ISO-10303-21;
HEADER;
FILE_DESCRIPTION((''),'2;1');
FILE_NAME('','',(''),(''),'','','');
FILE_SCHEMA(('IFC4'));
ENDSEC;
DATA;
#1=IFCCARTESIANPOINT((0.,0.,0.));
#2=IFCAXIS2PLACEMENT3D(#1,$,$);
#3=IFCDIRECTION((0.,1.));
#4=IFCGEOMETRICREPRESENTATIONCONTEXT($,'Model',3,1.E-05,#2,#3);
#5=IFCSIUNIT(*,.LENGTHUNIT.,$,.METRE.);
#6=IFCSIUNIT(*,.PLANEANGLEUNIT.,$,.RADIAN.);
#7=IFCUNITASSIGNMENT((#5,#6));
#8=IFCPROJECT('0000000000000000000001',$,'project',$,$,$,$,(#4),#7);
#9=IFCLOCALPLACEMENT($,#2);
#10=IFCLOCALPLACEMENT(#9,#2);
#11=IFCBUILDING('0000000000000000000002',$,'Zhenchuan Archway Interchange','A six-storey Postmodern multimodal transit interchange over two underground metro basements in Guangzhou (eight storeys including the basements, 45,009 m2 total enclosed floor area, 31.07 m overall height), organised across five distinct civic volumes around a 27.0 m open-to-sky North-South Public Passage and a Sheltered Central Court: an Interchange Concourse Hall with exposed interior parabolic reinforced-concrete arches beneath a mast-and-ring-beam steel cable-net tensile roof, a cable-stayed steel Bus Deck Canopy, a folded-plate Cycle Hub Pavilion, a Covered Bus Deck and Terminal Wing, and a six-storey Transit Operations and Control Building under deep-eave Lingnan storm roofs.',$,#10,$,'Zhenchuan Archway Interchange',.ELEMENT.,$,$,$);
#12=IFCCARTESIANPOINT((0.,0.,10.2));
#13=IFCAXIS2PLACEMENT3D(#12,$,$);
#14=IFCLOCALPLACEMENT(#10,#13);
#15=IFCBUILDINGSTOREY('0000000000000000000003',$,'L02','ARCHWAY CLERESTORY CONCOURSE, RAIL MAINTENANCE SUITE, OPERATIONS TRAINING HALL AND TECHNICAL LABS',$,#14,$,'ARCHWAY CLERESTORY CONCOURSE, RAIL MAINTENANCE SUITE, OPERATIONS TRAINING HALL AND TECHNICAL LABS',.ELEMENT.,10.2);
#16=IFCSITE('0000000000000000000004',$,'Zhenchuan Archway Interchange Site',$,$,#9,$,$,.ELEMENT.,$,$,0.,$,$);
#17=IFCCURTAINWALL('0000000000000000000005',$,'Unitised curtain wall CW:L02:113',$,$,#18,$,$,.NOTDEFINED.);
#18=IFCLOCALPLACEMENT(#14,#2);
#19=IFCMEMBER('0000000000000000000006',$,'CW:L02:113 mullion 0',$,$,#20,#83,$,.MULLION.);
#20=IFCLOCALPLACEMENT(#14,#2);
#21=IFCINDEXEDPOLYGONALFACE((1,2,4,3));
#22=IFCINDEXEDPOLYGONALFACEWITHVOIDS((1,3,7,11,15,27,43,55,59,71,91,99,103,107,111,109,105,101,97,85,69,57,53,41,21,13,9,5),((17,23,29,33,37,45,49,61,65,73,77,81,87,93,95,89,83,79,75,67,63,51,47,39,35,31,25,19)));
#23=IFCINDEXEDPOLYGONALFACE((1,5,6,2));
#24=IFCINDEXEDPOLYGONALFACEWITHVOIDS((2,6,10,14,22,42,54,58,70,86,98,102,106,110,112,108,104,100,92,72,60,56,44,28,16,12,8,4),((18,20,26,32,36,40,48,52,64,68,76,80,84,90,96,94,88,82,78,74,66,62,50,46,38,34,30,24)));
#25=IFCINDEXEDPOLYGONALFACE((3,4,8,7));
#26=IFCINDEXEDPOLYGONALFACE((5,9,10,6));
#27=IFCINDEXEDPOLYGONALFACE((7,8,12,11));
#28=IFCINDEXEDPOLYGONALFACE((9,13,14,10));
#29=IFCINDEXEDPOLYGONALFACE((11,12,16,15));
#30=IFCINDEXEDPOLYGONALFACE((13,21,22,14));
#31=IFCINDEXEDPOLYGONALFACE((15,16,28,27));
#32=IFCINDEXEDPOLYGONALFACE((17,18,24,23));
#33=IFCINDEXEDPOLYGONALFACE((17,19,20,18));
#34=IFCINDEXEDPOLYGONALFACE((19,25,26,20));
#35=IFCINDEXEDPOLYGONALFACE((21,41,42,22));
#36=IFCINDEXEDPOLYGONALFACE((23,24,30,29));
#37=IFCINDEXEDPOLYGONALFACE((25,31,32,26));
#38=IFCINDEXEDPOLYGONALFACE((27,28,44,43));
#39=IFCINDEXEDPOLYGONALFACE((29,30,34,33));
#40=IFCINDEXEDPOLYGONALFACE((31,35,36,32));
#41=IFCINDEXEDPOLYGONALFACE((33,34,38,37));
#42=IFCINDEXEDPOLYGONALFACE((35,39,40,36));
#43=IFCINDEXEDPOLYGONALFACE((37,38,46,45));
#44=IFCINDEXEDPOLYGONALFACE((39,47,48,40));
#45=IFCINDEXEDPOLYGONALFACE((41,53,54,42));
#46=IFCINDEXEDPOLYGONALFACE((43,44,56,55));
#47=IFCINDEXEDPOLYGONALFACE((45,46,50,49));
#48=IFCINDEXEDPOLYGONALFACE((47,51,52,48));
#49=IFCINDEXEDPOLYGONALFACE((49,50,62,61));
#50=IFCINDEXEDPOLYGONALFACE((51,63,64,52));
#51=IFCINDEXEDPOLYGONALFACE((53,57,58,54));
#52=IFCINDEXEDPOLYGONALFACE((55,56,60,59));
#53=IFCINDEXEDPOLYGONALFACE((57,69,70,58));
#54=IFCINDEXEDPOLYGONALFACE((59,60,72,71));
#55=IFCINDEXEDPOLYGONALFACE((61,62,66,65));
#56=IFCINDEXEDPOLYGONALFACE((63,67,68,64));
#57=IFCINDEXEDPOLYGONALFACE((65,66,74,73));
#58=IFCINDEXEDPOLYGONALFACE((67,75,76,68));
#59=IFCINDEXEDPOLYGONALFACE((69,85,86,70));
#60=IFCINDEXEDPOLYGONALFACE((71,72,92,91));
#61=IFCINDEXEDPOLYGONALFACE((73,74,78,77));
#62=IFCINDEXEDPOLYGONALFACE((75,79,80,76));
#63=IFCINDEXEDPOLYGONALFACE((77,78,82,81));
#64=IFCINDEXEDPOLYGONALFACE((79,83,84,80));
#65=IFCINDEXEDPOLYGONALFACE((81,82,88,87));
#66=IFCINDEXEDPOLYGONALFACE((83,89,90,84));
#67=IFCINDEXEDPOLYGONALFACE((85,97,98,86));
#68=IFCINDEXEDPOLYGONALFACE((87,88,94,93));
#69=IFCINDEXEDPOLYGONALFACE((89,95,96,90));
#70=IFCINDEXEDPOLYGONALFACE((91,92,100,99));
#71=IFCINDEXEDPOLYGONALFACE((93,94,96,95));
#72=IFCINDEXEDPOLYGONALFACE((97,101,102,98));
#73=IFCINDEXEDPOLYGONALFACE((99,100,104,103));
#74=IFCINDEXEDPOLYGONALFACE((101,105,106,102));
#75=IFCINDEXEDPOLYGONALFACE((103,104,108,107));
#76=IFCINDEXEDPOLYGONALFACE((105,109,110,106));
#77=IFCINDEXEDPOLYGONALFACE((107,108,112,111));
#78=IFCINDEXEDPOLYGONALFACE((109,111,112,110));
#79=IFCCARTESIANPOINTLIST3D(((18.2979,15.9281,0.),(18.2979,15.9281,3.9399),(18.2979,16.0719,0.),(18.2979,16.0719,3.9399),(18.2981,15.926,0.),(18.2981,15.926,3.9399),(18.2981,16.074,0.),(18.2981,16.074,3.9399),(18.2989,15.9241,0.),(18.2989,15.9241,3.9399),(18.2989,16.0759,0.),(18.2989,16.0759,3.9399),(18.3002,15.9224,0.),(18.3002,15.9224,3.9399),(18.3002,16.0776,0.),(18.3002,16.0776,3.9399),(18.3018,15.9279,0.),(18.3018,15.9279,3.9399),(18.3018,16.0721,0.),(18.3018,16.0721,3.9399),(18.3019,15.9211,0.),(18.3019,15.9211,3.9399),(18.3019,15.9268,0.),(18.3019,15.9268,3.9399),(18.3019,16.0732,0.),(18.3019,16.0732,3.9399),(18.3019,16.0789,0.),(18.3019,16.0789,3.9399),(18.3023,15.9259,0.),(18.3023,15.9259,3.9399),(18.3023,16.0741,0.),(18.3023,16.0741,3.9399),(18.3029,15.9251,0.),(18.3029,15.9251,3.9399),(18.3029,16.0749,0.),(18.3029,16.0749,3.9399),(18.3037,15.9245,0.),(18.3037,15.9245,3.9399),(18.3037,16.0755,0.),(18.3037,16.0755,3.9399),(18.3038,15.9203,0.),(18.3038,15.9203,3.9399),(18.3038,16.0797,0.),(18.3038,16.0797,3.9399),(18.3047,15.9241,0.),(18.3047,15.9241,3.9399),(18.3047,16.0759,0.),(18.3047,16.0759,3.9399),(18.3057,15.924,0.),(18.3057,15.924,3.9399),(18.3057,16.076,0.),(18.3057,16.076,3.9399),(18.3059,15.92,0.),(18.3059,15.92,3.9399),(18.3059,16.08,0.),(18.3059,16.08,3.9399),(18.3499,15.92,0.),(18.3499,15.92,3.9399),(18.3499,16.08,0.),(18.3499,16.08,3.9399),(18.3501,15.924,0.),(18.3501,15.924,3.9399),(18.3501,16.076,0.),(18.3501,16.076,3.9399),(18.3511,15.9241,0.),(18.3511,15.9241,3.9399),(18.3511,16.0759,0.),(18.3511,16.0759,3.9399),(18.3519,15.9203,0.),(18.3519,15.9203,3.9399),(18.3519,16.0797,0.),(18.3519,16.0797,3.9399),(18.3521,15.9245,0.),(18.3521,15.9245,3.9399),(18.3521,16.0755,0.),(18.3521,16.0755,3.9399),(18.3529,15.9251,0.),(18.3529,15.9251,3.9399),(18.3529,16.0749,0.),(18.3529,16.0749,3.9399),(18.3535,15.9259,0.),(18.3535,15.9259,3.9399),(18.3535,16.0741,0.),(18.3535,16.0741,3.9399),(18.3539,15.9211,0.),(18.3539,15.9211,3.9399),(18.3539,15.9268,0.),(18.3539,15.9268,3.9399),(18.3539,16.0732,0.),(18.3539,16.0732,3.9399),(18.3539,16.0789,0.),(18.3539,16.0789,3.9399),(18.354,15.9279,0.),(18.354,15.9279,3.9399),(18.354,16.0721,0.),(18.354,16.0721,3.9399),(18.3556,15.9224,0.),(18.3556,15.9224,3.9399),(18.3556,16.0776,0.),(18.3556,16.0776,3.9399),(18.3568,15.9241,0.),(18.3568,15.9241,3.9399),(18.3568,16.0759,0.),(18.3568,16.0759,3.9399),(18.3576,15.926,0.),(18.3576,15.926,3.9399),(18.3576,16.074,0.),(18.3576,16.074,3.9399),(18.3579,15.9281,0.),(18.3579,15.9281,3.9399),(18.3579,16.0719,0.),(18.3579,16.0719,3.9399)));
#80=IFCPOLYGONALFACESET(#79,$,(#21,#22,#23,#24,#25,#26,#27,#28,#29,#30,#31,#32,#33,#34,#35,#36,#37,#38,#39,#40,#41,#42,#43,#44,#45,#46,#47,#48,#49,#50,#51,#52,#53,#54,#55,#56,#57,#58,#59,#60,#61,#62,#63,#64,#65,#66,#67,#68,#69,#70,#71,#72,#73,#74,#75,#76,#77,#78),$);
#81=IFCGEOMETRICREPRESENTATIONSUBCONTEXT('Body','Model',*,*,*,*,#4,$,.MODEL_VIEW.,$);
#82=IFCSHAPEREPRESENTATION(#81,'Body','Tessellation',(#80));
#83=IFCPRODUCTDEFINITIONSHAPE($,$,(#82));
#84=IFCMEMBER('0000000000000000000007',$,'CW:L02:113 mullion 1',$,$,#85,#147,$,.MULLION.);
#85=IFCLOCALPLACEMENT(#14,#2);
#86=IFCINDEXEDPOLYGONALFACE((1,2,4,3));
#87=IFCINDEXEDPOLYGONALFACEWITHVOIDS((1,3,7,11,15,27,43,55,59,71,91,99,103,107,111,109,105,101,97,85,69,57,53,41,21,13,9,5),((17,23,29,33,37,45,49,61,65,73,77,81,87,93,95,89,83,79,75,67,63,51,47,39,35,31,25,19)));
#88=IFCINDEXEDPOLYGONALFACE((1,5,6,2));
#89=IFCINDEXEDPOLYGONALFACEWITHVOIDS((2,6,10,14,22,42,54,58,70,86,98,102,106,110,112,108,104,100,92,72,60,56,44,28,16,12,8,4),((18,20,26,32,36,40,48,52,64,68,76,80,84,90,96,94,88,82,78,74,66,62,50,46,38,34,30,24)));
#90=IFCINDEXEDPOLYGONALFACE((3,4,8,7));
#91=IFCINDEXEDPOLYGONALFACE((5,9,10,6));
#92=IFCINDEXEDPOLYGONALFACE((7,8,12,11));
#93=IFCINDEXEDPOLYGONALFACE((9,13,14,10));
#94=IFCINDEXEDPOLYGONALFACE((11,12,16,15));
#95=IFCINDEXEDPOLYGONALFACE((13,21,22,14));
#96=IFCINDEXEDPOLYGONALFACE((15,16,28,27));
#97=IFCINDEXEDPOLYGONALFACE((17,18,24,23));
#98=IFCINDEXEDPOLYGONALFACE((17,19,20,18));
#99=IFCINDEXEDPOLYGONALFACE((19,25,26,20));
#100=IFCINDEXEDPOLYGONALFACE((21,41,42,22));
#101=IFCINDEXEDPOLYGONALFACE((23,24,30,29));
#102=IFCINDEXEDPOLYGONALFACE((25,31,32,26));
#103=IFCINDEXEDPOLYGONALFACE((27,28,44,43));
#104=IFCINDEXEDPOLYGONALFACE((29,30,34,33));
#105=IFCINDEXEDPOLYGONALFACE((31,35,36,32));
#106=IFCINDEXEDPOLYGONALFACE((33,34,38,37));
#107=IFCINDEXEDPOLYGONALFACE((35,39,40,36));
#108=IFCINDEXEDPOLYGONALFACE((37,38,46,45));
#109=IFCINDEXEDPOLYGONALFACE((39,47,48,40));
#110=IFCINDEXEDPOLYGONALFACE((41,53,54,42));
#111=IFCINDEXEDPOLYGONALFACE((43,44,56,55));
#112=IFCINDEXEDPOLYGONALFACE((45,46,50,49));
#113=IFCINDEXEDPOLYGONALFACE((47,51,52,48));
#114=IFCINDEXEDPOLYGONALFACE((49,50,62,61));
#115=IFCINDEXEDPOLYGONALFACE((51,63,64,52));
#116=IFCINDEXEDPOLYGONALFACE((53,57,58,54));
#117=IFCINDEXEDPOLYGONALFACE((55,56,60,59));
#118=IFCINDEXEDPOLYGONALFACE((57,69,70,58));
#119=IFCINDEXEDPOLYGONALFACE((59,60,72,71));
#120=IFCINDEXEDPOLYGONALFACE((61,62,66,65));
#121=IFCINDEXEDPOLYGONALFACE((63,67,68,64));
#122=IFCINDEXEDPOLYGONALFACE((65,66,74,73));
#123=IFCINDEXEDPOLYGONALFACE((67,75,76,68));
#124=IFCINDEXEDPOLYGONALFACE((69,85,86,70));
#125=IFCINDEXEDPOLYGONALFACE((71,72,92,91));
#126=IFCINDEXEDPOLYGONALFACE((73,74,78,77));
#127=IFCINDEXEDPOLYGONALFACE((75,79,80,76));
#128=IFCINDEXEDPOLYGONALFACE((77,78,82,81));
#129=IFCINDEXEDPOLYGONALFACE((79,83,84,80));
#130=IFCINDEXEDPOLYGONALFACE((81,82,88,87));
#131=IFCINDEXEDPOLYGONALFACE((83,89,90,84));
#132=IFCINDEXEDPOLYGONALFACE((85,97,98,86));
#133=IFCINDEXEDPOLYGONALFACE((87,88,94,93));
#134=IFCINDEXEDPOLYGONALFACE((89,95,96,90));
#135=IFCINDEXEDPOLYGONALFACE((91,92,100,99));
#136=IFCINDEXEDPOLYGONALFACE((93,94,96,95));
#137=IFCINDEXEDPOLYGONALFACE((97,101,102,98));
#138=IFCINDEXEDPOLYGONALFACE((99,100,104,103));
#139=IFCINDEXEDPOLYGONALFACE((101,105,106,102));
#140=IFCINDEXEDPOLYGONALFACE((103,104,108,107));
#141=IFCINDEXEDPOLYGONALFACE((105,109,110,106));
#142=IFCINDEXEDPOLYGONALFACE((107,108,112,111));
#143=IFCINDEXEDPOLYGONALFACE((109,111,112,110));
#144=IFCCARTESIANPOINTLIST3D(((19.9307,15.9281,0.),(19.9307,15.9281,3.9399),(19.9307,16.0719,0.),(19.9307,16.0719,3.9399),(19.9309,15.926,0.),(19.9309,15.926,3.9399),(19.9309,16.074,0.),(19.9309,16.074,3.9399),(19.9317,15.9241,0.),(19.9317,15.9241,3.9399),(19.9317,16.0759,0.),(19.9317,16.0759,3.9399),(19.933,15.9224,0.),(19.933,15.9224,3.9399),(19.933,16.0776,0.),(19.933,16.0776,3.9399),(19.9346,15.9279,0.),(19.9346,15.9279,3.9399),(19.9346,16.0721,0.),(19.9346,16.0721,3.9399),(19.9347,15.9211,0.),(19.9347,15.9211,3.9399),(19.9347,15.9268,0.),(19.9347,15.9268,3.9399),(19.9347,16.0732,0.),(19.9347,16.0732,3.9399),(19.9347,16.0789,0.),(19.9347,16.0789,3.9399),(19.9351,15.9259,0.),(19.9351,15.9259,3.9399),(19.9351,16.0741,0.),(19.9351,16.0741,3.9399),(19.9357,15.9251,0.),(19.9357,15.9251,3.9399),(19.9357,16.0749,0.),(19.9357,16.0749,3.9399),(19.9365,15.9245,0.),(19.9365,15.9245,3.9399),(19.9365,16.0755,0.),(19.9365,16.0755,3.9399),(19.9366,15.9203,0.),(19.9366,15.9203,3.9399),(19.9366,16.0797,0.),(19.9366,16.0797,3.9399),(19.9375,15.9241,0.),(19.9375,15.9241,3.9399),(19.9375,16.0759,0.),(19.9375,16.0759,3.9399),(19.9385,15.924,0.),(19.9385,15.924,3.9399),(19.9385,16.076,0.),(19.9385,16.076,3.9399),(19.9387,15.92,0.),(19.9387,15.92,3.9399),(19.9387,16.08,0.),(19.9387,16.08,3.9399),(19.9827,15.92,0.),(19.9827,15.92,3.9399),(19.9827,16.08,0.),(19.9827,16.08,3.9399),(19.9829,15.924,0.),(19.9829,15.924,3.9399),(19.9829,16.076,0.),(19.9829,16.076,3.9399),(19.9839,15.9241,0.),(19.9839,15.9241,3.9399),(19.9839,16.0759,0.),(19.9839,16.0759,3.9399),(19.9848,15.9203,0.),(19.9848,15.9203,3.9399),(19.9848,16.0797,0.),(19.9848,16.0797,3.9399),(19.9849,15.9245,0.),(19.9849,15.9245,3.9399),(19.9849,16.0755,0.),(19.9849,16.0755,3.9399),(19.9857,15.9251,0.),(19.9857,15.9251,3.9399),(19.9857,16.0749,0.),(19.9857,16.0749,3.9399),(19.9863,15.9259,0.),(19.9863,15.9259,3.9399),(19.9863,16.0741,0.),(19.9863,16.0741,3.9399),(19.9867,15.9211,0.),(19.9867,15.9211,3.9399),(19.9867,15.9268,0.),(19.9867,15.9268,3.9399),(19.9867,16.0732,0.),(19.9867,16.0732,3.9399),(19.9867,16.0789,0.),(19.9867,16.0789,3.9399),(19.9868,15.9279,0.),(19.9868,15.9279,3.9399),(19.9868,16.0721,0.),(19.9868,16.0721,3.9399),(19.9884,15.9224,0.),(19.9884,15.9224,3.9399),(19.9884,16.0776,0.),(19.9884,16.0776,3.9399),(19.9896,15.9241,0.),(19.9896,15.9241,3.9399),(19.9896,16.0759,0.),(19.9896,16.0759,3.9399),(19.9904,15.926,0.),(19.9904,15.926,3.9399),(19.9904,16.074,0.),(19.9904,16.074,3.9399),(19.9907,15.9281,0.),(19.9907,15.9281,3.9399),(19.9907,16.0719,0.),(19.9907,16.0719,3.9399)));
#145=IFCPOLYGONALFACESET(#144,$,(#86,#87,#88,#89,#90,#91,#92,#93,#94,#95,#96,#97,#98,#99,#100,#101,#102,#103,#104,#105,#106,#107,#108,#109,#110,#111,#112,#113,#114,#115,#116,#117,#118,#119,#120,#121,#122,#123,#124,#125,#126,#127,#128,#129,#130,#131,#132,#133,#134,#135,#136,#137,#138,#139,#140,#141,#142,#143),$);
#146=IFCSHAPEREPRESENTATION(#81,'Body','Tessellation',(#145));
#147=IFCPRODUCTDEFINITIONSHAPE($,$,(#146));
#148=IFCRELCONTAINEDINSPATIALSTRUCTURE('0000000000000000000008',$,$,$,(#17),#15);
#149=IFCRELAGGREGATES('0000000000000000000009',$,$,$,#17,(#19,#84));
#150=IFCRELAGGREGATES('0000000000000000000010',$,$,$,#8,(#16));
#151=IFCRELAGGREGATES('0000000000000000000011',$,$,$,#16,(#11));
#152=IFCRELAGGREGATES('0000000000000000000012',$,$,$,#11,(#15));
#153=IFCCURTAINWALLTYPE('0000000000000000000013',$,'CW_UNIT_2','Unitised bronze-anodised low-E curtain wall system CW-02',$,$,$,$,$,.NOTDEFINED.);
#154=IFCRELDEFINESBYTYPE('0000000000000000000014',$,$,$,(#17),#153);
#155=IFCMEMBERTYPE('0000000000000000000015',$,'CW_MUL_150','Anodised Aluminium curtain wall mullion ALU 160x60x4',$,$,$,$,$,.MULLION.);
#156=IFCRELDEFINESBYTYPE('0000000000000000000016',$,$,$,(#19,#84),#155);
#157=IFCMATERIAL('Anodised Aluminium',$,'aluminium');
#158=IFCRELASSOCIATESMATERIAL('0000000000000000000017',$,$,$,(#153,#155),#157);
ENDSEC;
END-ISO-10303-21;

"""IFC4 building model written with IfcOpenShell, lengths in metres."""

from ifc_helpers import new_model, si_unit, direction, frame, origin, origin_2d, place, context, subcontext, project, spatial, hollow_rectangle, extrude, material, material_profile, profile_set, type_object, element, aggregate, save


model = new_model("IFC4")

# Units and contexts
model_context = context("Model", 3, precision=1e-05, world=origin(), true_north=direction((0.0, 1.0)))
body_context = subcontext(model_context, "Body", "Model", "MODEL_VIEW")
ifc_project = project(units=[si_unit("LENGTHUNIT", "METRE"), si_unit("PLANEANGLEUNIT", "RADIAN")], contexts=[model_context])

# Site, building, storey
site_placement = place(None, origin())
site = spatial("IfcSite", under=ifc_project, at=site_placement, Name="Zhenchuan Archway Interchange Site", CompositionType="ELEMENT", RefElevation=0.0)
building_placement = place(site_placement, origin())
building = spatial("IfcBuilding", under=site, at=building_placement, Name="Zhenchuan Archway Interchange", Description="A six-storey Postmodern multimodal transit interchange over two underground metro basements in Guangzhou (eight storeys including the basements, 45,009 m2 total enclosed floor area, 31.07 m overall height), organised across five distinct civic volumes around a 27.0 m open-to-sky North-South Public Passage and a Sheltered Central Court: an Interchange Concourse Hall with exposed interior parabolic reinforced-concrete arches beneath a mast-and-ring-beam steel cable-net tensile roof, a cable-stayed steel Bus Deck Canopy, a folded-plate Cycle Hub Pavilion, a Covered Bus Deck and Terminal Wing, and a six-storey Transit Operations and Control Building under deep-eave Lingnan storm roofs.", LongName="Zhenchuan Archway Interchange", CompositionType="ELEMENT")
storey_placement = place(building_placement, frame((0.0, 0.0, 10.2)))
storey = spatial("IfcBuildingStorey", under=building, at=storey_placement, Name="L02", Description="ARCHWAY CLERESTORY CONCOURSE, RAIL MAINTENANCE SUITE, OPERATIONS TRAINING HALL AND TECHNICAL LABS", LongName="ARCHWAY CLERESTORY CONCOURSE, RAIL MAINTENANCE SUITE, OPERATIONS TRAINING HALL AND TECHNICAL LABS", CompositionType="ELEMENT", Elevation=10.2)

# Curtain wall, members
ifc_material_1 = material(Name="Anodised Aluminium", Category="aluminium")
curtain_wall_type = type_object("IfcCurtainWallType", Name="CW_UNIT_2", Description="Unitised bronze-anodised low-E curtain wall system CW-02", PredefinedType="NOTDEFINED", material=ifc_material_1)
curtain_wall_placement = place(storey_placement, origin())
curtain_wall = element("IfcCurtainWall", 1, at=curtain_wall_placement, inside=storey, type_object=curtain_wall_type, Name="Unitised curtain wall CW:L02:113", PredefinedType="NOTDEFINED")
ifc_material_profile_1 = material_profile(ifc_material_1, hollow_rectangle(XDim=0.0601, YDim=0.1599, WallThickness=0.0039, InnerFilletRadius=0.0039, OuterFilletRadius=0.0081, at=origin_2d()), Name="ALU 160x60x4")
ifc_profile_set_1 = profile_set([ifc_material_profile_1], Name="Anodised Aluminium")
member_type_1 = type_object("IfcMemberType", Name="CW_MUL_150", Description="Anodised Aluminium curtain wall mullion ALU 160x60x4", PredefinedType="MULLION", material=ifc_profile_set_1)
member_1_placement = place(storey_placement, frame((18.3279, 16.0, 0.0), z_axis=(0.0, 0.0, 1.0), x_axis=(1.0, 0.0, 0.0)))
member_1 = element("IfcMember", 2, at=member_1_placement, type_object=member_type_1, Name="CW:L02:113 mullion 0", PredefinedType="MULLION", context=body_context, shape_type="SweptSolid", body=[
    extrude(hollow_rectangle(XDim=0.0601, YDim=0.1599, WallThickness=0.0039, InnerFilletRadius=0.0039, OuterFilletRadius=0.0081, at=origin_2d()), origin(), (0.0, 0.0, 1.0), 3.9399),
])
member_2_placement = place(storey_placement, frame((19.9607, 16.0, 0.0), z_axis=(0.0, 0.0, 1.0), x_axis=(1.0, 0.0, 0.0)))
member_2 = element("IfcMember", 3, at=member_2_placement, type_object=member_type_1, Name="CW:L02:113 mullion 1", PredefinedType="MULLION", context=body_context, shape_type="SweptSolid", body=[
    extrude(hollow_rectangle(XDim=0.0601, YDim=0.1599, WallThickness=0.0039, InnerFilletRadius=0.0039, OuterFilletRadius=0.0081, at=origin_2d()), origin(), (0.0, 0.0, 1.0), 3.9399),
])

aggregate(curtain_wall, [member_1, member_2])

save(model, "model.ifc")
